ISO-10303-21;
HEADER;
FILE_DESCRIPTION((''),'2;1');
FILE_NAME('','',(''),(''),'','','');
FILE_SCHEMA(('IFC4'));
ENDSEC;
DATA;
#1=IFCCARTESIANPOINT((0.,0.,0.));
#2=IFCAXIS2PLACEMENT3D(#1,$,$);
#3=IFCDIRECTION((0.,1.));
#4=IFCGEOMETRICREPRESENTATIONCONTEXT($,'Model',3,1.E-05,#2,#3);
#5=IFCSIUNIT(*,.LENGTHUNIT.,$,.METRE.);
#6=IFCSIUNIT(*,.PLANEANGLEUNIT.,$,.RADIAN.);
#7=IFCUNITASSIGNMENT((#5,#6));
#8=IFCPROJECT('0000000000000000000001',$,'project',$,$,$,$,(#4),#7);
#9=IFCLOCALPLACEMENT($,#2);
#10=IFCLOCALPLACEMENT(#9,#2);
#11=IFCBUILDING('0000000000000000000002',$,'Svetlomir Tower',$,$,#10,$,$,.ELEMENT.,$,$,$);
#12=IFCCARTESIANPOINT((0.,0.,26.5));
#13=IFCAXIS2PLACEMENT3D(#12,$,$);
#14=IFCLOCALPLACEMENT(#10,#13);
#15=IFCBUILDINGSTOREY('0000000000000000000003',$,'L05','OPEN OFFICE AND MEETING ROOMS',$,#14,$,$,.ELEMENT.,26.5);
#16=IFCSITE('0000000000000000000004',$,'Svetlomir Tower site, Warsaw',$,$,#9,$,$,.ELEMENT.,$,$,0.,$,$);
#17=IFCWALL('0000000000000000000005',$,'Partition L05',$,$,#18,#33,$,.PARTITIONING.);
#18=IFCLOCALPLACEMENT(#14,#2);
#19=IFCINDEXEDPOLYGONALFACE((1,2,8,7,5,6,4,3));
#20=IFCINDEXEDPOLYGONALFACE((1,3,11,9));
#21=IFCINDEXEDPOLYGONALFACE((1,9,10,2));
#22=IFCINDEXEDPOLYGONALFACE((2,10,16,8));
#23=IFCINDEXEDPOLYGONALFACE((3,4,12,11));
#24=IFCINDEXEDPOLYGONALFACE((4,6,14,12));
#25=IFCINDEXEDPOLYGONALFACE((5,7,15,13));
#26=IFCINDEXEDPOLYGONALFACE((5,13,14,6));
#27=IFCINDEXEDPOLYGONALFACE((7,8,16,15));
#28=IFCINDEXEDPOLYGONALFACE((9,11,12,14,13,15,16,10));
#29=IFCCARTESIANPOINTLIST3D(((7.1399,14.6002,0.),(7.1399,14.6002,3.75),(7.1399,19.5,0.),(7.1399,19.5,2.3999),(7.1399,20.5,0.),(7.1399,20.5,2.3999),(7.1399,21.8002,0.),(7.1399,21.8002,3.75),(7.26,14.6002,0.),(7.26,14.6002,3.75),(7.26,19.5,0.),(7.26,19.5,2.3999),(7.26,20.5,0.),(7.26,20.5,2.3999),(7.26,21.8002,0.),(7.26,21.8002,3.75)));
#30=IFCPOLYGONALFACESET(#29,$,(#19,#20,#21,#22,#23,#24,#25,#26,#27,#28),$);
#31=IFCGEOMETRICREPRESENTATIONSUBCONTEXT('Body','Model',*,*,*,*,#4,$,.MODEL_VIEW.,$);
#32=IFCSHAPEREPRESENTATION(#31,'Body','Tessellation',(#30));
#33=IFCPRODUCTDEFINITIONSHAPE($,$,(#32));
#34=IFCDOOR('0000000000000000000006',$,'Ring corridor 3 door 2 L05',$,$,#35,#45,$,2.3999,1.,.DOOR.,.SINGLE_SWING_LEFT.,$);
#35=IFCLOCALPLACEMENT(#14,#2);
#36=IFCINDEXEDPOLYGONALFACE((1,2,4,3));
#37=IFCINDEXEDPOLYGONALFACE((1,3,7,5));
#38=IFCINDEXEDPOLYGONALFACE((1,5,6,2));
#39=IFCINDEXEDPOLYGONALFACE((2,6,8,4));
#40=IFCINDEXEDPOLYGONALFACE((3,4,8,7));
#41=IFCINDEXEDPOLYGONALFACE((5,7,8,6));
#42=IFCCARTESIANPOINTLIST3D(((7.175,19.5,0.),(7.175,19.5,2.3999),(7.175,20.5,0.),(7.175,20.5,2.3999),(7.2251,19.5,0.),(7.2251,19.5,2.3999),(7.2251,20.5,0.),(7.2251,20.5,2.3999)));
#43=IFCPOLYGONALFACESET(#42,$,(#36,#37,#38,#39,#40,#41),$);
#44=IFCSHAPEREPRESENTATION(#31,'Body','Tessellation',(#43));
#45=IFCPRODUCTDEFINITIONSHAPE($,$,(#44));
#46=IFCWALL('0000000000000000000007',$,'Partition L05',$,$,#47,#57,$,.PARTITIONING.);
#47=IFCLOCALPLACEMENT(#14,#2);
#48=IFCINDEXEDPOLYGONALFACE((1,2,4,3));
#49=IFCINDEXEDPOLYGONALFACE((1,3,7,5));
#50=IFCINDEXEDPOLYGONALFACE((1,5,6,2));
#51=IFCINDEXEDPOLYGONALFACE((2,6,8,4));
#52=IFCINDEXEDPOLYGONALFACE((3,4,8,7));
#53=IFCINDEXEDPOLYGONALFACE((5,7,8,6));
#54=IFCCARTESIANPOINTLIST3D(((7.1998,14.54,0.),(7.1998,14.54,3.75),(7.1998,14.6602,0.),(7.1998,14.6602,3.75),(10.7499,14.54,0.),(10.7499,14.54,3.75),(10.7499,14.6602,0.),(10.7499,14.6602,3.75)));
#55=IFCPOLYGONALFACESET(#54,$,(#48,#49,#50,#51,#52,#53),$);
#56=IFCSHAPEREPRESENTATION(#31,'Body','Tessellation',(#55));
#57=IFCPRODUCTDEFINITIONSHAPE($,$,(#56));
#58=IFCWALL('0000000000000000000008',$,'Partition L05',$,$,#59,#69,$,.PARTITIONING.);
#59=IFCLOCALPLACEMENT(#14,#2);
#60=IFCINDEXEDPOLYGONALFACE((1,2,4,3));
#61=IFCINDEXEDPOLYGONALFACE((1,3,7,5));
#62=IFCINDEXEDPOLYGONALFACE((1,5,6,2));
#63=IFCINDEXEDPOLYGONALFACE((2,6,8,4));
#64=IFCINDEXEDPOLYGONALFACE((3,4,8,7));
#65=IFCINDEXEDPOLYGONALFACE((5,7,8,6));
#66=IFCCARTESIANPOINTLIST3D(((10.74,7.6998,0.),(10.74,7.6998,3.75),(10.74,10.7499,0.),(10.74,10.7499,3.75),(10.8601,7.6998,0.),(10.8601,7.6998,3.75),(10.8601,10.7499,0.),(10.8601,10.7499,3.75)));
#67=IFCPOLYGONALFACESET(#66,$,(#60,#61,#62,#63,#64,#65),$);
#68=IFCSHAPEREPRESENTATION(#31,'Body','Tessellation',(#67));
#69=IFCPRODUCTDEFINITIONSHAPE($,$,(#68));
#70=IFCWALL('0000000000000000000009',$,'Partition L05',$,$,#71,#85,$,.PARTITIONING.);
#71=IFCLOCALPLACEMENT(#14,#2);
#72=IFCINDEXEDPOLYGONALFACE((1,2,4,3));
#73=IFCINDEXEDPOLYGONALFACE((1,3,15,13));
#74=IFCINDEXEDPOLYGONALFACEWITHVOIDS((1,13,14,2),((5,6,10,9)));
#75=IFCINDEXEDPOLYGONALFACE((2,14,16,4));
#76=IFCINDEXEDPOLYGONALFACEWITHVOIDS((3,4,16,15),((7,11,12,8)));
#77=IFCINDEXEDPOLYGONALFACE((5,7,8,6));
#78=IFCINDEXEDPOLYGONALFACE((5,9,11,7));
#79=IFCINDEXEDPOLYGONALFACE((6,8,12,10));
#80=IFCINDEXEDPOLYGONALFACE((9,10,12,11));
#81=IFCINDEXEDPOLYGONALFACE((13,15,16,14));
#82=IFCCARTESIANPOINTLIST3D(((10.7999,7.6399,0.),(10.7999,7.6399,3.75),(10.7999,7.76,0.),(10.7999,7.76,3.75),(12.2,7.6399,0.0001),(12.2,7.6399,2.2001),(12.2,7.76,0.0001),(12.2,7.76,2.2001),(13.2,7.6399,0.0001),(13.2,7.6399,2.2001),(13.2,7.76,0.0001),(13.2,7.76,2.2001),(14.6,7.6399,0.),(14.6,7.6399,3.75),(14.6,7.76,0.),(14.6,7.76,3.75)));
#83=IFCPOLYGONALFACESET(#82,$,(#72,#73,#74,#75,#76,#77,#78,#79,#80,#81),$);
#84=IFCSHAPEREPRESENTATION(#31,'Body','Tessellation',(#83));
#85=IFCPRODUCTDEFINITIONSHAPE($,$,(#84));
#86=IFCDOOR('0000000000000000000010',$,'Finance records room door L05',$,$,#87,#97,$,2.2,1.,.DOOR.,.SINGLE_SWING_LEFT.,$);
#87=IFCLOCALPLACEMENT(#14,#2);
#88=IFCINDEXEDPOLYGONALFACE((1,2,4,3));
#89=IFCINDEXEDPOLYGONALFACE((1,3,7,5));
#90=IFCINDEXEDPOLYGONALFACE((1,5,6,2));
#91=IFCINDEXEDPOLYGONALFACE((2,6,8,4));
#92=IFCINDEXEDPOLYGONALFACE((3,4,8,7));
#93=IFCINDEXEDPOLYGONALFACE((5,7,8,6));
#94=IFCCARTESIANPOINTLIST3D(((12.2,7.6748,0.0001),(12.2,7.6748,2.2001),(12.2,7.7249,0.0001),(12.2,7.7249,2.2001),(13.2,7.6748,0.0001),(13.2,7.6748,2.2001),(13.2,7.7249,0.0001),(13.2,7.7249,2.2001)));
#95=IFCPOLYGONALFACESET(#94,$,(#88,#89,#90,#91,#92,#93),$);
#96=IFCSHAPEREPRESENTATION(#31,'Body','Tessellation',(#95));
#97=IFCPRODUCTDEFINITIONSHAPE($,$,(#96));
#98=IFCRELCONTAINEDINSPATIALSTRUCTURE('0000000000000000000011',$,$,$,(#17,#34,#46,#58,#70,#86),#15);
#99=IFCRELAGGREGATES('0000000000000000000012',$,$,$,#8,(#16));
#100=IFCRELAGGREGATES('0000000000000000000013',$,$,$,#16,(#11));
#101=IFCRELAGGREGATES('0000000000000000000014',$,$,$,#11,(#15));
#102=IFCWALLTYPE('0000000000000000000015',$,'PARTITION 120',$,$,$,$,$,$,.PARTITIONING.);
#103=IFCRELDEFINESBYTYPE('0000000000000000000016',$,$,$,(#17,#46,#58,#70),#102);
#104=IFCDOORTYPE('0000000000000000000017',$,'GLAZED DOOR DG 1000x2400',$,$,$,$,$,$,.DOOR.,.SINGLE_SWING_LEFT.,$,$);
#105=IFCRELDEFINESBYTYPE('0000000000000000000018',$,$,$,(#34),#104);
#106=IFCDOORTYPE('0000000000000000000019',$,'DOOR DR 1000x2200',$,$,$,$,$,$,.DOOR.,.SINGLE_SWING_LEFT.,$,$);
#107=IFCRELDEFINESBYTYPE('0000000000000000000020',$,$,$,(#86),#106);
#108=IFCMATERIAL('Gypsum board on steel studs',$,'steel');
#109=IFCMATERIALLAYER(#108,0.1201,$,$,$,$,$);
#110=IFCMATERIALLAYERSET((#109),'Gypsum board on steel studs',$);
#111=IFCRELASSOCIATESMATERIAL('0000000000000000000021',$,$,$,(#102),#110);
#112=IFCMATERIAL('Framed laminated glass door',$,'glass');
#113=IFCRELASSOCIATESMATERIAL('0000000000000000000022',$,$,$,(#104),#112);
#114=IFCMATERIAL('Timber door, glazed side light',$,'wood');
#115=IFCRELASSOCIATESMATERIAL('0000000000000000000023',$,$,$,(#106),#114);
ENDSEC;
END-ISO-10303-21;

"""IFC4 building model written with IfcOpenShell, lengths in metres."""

from ifc_helpers import new_model, si_unit, direction, frame, frame_2d, origin, place, context, subcontext, project, spatial, rectangle, extrude, material, layer, layer_set, type_object, element, fill, save


model = new_model("IFC4")

# Units and contexts
model_context = context("Model", 3, precision=1e-05, world=origin(), true_north=direction((0.0, 1.0)))
body_context = subcontext(model_context, "Body", "Model", "MODEL_VIEW")
ifc_project = project(units=[si_unit("LENGTHUNIT", "METRE"), si_unit("PLANEANGLEUNIT", "RADIAN")], contexts=[model_context])

# Site, building, storey
site_placement = place(None, origin())
site = spatial("IfcSite", under=ifc_project, at=site_placement, Name="Svetlomir Tower site, Warsaw", CompositionType="ELEMENT", RefElevation=0.0)
building_placement = place(site_placement, origin())
building = spatial("IfcBuilding", under=site, at=building_placement, Name="Svetlomir Tower", CompositionType="ELEMENT")
storey_placement = place(building_placement, frame((0.0, 0.0, 26.5)))
storey = spatial("IfcBuildingStorey", under=building, at=storey_placement, Name="L05", Description="OPEN OFFICE AND MEETING ROOMS", CompositionType="ELEMENT", Elevation=26.5)

# Shared definitions
ifc_material_1 = material(Name="Gypsum board on steel studs", Category="steel")
ifc_layer_1 = layer(ifc_material_1, 0.1201)
ifc_layer_set_1 = layer_set([ifc_layer_1], Name="Gypsum board on steel studs")
wall_type_1 = type_object("IfcWallType", Name="PARTITION 120", PredefinedType="PARTITIONING", material=ifc_layer_set_1)
ifc_material_2 = material(Name="Framed laminated glass door", Category="glass")
door_type_1 = type_object("IfcDoorType", Name="GLAZED DOOR DG 1000x2400", OperationType="SINGLE_SWING_LEFT", PredefinedType="DOOR", material=ifc_material_2)

# Shared definitions
ifc_material_3 = material(Name="Timber door, glazed side light", Category="wood")
door_type_2 = type_object("IfcDoorType", Name="DOOR DR 1000x2200", OperationType="SINGLE_SWING_LEFT", PredefinedType="DOOR", material=ifc_material_3)

# Wall, opening, door
wall_1_placement = place(storey_placement, frame((7.2, 14.6001, 0.0), z_axis=(0.0, 0.0, 1.0), x_axis=(0.0, 1.0, 0.0)))
wall_1 = element("IfcWall", 1, at=wall_1_placement, inside=storey, type_object=wall_type_1, Name="Partition L05", PredefinedType="PARTITIONING", context=body_context, shape_type="SweptSolid", body=[
    extrude(rectangle(XDim=7.2, YDim=0.1201, at=frame_2d((3.6001, 0.0))), origin(), (0.0, 0.0, 1.0), 3.75),
])
opening_1_placement = place(wall_1_placement, frame((4.8999, 0.0, 0.0)))
opening_1 = element("IfcOpeningElement", 2, at=opening_1_placement, cuts=wall_1, PredefinedType="OPENING", context=body_context, shape_type="SweptSolid", body=[
    extrude(rectangle(XDim=1.0, YDim=2.3999, at=frame_2d((0.5, 1.2))), frame((0.0, 0.0701, 0.0), z_axis=(0.0, -1.0, 0.0), x_axis=(1.0, 0.0, 0.0)), (0.0, 0.0, 1.0), 0.1401),
])
door_1_placement = place(opening_1_placement, origin())
door_1 = element("IfcDoor", 3, at=door_1_placement, inside=storey, type_object=door_type_1, Name="Ring corridor 3 door 2 L05", OperationType="SINGLE_SWING_LEFT", OverallHeight=2.3999, OverallWidth=1.0, PredefinedType="DOOR", context=body_context, shape_type="SweptSolid", body=[
    extrude(rectangle(XDim=1.0, YDim=2.3999, at=frame_2d((0.5, 1.2))), frame((0.0, 0.0249, 0.0), z_axis=(0.0, -1.0, 0.0), x_axis=(1.0, 0.0, 0.0)), (0.0, 0.0, 1.0), 0.05),
])
fill(opening_1, door_1)

# Walls
wall_2_placement = place(storey_placement, frame((7.2, 14.6001, 0.0), z_axis=(0.0, 0.0, 1.0), x_axis=(1.0, 0.0, 0.0)))
element("IfcWall", 4, at=wall_2_placement, inside=storey, type_object=wall_type_1, Name="Partition L05", PredefinedType="PARTITIONING", context=body_context, shape_type="SweptSolid", body=[
    extrude(rectangle(XDim=3.55, YDim=0.1201, at=frame_2d((1.7749, 0.0))), origin(), (0.0, 0.0, 1.0), 3.75),
])
wall_3_placement = place(storey_placement, frame((10.8, 7.7, 0.0), z_axis=(0.0, 0.0, 1.0), x_axis=(0.0, 1.0, 0.0)))
element("IfcWall", 5, at=wall_3_placement, inside=storey, type_object=wall_type_1, Name="Partition L05", PredefinedType="PARTITIONING", context=body_context, shape_type="SweptSolid", body=[
    extrude(rectangle(XDim=3.05, YDim=0.1201, at=frame_2d((1.5249, 0.0))), origin(), (0.0, 0.0, 1.0), 3.75),
])

# Wall, opening, door
wall_4_placement = place(storey_placement, frame((10.8, 7.7, 0.0), z_axis=(0.0, 0.0, 1.0), x_axis=(1.0, 0.0, 0.0)))
wall_4 = element("IfcWall", 6, at=wall_4_placement, inside=storey, type_object=wall_type_1, Name="Partition L05", PredefinedType="PARTITIONING", context=body_context, shape_type="SweptSolid", body=[
    extrude(rectangle(XDim=3.8, YDim=0.1201, at=frame_2d((1.8999, 0.0))), origin(), (0.0, 0.0, 1.0), 3.75),
])
opening_2_placement = place(wall_4_placement, frame((1.3999, 0.0, 0.0)))
opening_2 = element("IfcOpeningElement", 7, at=opening_2_placement, cuts=wall_4, PredefinedType="OPENING", context=body_context, shape_type="SweptSolid", body=[
    extrude(rectangle(XDim=1.0, YDim=2.2, at=frame_2d((0.5, 1.1001))), frame((0.0, 0.0701, 0.0), z_axis=(0.0, -1.0, 0.0), x_axis=(1.0, 0.0, 0.0)), (0.0, 0.0, 1.0), 0.1401),
])
door_2_placement = place(opening_2_placement, origin())
door_2 = element("IfcDoor", 8, at=door_2_placement, inside=storey, type_object=door_type_2, Name="Finance records room door L05", OperationType="SINGLE_SWING_LEFT", OverallHeight=2.2, OverallWidth=1.0, PredefinedType="DOOR", context=body_context, shape_type="SweptSolid", body=[
    extrude(rectangle(XDim=1.0, YDim=2.2, at=frame_2d((0.5, 1.1001))), frame((0.0, 0.0249, 0.0), z_axis=(0.0, -1.0, 0.0), x_axis=(1.0, 0.0, 0.0)), (0.0, 0.0, 1.0), 0.05),
])
fill(opening_2, door_2)

save(model, "model.ifc")
